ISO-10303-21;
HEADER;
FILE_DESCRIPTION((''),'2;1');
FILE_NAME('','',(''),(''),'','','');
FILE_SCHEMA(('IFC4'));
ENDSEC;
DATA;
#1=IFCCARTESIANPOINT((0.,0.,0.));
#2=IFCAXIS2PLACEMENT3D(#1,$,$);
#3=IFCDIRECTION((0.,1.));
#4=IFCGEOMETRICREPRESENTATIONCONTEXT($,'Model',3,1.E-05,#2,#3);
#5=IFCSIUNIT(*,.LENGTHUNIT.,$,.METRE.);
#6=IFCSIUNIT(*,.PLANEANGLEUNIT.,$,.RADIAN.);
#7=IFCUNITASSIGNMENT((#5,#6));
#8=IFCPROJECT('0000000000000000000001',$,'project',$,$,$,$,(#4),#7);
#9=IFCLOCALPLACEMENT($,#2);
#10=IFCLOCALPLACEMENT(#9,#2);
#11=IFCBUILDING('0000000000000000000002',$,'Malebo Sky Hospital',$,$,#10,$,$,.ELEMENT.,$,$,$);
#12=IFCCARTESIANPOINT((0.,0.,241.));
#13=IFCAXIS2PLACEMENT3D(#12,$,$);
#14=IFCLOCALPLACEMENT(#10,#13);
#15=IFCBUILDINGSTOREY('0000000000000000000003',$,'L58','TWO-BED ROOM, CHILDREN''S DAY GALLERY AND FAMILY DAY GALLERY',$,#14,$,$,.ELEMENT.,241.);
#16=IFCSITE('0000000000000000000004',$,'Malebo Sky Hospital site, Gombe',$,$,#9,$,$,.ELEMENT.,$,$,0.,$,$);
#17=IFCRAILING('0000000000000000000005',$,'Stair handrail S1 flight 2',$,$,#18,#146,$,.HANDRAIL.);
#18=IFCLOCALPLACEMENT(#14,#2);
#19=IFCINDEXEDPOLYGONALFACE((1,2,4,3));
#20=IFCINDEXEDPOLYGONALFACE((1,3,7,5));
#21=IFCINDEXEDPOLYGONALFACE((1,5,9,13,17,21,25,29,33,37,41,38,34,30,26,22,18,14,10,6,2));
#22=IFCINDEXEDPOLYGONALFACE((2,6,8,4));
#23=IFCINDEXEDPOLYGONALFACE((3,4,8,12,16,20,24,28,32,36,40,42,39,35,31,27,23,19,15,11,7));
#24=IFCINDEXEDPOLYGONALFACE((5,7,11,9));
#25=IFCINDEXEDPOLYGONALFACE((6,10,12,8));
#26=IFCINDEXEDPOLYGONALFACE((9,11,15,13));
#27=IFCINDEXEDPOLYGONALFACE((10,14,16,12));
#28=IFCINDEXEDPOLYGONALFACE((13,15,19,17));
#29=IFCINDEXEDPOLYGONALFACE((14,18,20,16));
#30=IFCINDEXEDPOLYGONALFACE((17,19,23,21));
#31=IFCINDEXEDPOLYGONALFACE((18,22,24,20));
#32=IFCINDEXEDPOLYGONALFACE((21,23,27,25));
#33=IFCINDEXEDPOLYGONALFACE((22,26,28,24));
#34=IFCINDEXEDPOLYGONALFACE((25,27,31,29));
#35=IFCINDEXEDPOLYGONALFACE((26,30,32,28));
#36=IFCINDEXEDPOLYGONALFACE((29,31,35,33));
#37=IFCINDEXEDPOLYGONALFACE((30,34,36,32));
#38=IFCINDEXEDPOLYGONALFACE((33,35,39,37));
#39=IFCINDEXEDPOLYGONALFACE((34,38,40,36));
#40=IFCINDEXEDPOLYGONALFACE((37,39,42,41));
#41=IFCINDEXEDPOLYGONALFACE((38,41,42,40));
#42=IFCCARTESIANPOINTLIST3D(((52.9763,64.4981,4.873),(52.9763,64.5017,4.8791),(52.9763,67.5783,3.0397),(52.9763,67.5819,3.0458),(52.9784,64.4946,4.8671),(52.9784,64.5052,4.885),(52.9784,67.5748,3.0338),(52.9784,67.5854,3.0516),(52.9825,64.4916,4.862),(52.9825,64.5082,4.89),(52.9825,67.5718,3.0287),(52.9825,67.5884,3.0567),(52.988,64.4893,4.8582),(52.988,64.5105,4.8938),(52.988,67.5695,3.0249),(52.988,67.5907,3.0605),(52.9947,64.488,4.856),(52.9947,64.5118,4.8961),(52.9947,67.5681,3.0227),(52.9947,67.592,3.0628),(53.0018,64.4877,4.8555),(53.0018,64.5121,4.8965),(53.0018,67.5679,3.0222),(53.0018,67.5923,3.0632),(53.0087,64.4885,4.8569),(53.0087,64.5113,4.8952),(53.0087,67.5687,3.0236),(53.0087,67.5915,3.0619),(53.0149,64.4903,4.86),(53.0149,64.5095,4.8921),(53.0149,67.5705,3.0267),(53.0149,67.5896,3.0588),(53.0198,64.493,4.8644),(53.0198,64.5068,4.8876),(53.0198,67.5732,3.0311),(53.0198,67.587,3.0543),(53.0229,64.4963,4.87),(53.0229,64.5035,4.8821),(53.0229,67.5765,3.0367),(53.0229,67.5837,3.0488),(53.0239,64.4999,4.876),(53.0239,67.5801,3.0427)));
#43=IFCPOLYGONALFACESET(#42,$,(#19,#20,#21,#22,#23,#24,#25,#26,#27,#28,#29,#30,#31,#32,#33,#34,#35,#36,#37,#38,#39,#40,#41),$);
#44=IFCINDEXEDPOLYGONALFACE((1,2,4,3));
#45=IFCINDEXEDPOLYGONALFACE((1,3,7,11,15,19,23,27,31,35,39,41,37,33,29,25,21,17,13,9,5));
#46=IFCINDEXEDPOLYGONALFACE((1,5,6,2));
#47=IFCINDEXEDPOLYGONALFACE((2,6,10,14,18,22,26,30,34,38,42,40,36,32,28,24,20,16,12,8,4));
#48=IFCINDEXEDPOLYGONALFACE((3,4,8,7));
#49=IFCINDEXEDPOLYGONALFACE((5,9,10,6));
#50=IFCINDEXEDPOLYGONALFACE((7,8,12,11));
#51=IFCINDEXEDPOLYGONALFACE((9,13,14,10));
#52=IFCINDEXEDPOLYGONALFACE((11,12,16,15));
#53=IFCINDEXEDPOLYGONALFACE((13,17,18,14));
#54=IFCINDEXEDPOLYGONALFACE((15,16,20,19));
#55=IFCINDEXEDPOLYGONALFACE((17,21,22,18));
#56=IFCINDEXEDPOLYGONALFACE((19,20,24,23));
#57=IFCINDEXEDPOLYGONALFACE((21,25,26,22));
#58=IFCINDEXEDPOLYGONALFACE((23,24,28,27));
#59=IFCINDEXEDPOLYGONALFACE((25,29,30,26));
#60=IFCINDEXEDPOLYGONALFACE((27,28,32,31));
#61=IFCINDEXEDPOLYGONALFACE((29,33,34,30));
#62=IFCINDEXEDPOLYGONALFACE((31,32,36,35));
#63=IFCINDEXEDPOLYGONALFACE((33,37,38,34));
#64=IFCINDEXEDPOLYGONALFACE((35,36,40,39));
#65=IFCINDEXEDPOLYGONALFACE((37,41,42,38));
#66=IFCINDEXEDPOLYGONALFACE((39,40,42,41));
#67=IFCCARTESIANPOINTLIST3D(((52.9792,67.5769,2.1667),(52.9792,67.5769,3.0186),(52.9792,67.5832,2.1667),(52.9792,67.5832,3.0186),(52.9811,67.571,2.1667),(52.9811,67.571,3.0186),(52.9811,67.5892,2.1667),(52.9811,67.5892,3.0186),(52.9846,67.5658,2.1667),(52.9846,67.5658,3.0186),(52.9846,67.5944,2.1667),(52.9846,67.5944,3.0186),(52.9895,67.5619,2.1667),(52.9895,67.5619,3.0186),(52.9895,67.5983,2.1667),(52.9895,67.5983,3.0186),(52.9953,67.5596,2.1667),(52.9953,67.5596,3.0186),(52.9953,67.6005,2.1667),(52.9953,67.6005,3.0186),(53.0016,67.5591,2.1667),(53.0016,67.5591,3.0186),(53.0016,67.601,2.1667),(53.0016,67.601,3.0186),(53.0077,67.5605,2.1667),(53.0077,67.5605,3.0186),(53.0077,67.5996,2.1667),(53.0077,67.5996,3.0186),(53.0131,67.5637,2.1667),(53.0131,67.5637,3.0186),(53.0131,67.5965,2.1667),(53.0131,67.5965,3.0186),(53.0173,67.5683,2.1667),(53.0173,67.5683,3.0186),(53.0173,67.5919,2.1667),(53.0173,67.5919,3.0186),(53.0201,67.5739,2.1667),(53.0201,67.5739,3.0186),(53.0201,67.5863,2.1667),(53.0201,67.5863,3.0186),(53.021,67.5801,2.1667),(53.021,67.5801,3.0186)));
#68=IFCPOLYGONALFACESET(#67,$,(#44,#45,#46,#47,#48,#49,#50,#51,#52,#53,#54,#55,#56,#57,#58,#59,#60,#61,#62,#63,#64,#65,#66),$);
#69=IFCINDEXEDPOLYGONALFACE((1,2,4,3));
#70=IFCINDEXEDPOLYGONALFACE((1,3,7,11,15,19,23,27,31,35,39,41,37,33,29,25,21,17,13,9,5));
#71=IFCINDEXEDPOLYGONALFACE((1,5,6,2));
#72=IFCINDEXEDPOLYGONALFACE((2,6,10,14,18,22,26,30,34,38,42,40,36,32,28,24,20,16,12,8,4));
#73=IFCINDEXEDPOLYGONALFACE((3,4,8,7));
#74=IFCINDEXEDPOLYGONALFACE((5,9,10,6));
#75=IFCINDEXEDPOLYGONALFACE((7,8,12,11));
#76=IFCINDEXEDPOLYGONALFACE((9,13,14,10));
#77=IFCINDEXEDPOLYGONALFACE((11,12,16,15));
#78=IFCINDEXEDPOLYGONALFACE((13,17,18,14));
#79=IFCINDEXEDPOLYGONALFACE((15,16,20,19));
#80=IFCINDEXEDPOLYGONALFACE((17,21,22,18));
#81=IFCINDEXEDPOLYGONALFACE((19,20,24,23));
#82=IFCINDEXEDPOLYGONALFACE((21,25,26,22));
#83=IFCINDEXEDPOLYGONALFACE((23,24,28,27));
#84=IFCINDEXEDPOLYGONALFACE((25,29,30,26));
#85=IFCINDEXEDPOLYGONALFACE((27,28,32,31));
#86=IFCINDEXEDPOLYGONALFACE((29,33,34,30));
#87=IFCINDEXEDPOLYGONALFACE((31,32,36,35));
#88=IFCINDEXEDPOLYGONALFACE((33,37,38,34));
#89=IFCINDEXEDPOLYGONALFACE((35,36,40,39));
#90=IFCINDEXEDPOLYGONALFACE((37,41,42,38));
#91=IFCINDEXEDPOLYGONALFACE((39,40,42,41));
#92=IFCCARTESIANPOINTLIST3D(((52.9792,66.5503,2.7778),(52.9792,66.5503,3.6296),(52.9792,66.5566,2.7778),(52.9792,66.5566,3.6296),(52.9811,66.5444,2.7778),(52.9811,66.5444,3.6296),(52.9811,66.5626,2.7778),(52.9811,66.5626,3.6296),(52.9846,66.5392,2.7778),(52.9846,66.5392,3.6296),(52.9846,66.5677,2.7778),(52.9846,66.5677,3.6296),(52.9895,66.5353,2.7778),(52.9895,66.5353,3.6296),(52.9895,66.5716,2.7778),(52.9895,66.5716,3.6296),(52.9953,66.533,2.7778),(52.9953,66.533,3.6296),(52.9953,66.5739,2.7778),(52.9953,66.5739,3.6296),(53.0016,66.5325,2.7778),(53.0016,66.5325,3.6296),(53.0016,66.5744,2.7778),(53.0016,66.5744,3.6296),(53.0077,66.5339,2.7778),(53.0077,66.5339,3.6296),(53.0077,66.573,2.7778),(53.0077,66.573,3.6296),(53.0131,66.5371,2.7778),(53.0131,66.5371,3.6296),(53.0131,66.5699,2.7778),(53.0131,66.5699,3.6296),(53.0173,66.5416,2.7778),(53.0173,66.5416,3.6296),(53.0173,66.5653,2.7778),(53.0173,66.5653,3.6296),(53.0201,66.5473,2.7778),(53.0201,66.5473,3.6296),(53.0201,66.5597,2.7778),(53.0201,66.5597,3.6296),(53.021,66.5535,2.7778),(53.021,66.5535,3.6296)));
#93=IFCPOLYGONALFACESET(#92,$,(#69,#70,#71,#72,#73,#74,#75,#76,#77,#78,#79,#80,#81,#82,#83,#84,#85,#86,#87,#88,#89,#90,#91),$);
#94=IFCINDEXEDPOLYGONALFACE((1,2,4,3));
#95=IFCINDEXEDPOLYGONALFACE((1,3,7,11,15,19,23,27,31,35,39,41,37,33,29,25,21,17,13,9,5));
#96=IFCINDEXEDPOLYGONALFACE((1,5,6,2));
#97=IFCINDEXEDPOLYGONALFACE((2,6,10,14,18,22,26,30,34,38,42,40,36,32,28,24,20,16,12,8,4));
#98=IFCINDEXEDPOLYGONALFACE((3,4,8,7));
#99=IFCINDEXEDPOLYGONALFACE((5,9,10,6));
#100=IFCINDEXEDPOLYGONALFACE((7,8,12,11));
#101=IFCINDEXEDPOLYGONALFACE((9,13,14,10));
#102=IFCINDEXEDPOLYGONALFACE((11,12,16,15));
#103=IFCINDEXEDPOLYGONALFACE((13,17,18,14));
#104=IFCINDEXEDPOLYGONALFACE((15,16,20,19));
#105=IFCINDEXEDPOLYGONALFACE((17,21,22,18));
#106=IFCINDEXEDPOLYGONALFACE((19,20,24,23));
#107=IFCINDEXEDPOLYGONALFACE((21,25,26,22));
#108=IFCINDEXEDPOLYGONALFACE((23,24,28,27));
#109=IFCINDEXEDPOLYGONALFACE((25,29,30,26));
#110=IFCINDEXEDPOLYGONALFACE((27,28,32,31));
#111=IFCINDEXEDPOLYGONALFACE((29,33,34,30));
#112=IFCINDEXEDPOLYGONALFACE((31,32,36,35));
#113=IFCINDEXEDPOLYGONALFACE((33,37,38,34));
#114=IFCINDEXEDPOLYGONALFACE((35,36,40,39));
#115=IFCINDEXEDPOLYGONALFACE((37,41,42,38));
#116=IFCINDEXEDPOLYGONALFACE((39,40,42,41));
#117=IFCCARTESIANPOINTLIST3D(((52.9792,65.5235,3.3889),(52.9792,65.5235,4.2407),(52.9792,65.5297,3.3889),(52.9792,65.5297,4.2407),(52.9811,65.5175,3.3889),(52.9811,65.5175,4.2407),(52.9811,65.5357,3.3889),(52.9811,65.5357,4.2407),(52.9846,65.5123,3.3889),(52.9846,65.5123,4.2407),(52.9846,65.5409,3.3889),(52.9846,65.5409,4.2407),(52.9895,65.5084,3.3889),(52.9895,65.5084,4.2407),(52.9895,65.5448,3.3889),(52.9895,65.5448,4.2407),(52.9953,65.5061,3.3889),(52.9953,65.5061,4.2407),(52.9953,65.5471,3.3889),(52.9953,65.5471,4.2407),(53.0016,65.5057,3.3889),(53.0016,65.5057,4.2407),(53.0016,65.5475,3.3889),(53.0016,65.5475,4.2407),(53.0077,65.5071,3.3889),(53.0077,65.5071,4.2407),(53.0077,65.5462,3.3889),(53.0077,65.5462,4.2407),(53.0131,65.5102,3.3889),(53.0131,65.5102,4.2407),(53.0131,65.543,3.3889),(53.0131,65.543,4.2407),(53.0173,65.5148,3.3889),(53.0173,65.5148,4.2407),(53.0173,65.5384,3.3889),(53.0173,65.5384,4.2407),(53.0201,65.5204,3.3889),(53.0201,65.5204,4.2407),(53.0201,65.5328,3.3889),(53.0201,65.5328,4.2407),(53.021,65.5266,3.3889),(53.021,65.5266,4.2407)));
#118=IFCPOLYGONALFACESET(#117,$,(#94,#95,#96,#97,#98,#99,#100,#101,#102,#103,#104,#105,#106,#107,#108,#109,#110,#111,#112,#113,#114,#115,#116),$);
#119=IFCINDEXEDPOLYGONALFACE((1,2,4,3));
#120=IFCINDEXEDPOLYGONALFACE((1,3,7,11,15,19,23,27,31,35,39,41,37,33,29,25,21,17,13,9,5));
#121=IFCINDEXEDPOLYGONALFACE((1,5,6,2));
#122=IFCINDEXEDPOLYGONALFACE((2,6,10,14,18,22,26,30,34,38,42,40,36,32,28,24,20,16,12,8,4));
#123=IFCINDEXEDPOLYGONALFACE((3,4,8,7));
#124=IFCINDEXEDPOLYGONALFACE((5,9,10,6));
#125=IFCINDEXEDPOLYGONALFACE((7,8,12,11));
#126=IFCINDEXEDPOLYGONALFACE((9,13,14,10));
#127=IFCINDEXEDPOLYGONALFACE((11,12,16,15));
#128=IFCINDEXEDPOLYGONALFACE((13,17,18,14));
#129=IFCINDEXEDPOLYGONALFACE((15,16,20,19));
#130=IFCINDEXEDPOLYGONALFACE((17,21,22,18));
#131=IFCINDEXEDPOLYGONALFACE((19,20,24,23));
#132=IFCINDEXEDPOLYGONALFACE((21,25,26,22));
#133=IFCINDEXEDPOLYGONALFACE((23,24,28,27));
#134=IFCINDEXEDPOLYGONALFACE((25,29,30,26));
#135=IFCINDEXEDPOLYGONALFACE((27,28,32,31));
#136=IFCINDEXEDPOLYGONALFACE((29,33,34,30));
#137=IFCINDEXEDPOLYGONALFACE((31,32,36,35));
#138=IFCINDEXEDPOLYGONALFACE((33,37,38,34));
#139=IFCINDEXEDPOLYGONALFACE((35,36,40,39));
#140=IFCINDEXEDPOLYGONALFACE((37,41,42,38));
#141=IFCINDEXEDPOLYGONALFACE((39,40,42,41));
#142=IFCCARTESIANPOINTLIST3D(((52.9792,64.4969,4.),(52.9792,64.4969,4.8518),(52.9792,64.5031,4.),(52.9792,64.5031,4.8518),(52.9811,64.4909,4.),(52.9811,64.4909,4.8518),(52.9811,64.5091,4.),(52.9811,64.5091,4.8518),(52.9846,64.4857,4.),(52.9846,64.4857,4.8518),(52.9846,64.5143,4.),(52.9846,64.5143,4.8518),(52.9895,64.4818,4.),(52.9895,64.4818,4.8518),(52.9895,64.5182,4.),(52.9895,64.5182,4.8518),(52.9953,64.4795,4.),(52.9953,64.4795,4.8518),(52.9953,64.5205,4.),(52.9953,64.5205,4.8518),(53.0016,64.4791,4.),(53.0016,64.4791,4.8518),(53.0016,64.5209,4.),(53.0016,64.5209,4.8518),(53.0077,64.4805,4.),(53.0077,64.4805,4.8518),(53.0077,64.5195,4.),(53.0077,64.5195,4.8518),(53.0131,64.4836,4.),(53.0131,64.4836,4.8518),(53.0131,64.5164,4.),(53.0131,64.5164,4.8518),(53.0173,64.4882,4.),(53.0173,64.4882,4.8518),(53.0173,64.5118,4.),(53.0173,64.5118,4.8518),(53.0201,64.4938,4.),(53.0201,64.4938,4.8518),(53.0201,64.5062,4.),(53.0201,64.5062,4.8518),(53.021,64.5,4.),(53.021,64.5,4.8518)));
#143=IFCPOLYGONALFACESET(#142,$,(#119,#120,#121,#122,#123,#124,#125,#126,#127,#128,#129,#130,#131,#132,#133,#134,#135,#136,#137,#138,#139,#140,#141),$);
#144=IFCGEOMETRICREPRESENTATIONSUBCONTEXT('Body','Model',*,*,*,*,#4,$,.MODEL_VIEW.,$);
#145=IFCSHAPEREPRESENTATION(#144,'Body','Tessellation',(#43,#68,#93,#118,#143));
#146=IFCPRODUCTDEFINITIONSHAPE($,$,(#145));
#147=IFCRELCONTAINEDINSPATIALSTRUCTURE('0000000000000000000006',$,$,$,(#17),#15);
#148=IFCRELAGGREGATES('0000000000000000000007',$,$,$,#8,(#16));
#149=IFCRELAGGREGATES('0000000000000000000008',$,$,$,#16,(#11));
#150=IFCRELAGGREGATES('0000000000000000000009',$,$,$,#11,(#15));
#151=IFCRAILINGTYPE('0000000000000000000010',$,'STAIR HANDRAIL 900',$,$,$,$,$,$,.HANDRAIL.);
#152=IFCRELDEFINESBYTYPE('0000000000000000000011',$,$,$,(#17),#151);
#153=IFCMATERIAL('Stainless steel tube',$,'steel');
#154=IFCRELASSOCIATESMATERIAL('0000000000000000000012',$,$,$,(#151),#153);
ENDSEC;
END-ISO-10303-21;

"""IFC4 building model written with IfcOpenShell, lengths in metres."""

from ifc_helpers import new_model, si_unit, direction, frame, origin, origin_2d, place, context, subcontext, project, spatial, circle, extrude, material, type_object, element, save


model = new_model("IFC4")

# Units and contexts
model_context = context("Model", 3, precision=1e-05, world=origin(), true_north=direction((0.0, 1.0)))
body_context = subcontext(model_context, "Body", "Model", "MODEL_VIEW")
ifc_project = project(units=[si_unit("LENGTHUNIT", "METRE"), si_unit("PLANEANGLEUNIT", "RADIAN")], contexts=[model_context])

# Site, building, storey
site_placement = place(None, origin())
site = spatial("IfcSite", under=ifc_project, at=site_placement, Name="Malebo Sky Hospital site, Gombe", CompositionType="ELEMENT", RefElevation=0.0)
building_placement = place(site_placement, origin())
building = spatial("IfcBuilding", under=site, at=building_placement, Name="Malebo Sky Hospital", CompositionType="ELEMENT")
storey_placement = place(building_placement, frame((0.0, 0.0, 241.0)))
storey = spatial("IfcBuildingStorey", under=building, at=storey_placement, Name="L58", Description="TWO-BED ROOM, CHILDREN'S DAY GALLERY AND FAMILY DAY GALLERY", CompositionType="ELEMENT", Elevation=241.0)

# Railing
ifc_material_1 = material(Name="Stainless steel tube", Category="steel")
railing_type = type_object("IfcRailingType", Name="STAIR HANDRAIL 900", PredefinedType="HANDRAIL", material=ifc_material_1)
railing_1_placement = place(storey_placement, frame((53.0, 67.5801, 2.1667)))
element("IfcRailing", 1, at=railing_1_placement, inside=storey, type_object=railing_type, Name="Stair handrail S1 flight 2", PredefinedType="HANDRAIL", context=body_context, shape_type="SweptSolid", body=[
    extrude(circle(Radius=0.0239, at=origin_2d()), frame((0.0, 0.0, 0.876), z_axis=(0.0, -0.859309, 0.511458), x_axis=(1.0, 0.0, 0.0)), (0.0, 0.0, 1.0), 3.5845),
    extrude(circle(Radius=0.021, at=origin_2d()), origin(), (0.0, 0.0, 1.0), 0.8518),
    extrude(circle(Radius=0.021, at=origin_2d()), frame((0.0, -1.0266, 0.6111)), (0.0, 0.0, 1.0), 0.8518),
    extrude(circle(Radius=0.021, at=origin_2d()), frame((0.0, -2.0535, 1.2222)), (0.0, 0.0, 1.0), 0.8518),
    extrude(circle(Radius=0.021, at=origin_2d()), frame((0.0, -3.0801, 1.8333)), (0.0, 0.0, 1.0), 0.8518),
])

save(model, "model.ifc")
